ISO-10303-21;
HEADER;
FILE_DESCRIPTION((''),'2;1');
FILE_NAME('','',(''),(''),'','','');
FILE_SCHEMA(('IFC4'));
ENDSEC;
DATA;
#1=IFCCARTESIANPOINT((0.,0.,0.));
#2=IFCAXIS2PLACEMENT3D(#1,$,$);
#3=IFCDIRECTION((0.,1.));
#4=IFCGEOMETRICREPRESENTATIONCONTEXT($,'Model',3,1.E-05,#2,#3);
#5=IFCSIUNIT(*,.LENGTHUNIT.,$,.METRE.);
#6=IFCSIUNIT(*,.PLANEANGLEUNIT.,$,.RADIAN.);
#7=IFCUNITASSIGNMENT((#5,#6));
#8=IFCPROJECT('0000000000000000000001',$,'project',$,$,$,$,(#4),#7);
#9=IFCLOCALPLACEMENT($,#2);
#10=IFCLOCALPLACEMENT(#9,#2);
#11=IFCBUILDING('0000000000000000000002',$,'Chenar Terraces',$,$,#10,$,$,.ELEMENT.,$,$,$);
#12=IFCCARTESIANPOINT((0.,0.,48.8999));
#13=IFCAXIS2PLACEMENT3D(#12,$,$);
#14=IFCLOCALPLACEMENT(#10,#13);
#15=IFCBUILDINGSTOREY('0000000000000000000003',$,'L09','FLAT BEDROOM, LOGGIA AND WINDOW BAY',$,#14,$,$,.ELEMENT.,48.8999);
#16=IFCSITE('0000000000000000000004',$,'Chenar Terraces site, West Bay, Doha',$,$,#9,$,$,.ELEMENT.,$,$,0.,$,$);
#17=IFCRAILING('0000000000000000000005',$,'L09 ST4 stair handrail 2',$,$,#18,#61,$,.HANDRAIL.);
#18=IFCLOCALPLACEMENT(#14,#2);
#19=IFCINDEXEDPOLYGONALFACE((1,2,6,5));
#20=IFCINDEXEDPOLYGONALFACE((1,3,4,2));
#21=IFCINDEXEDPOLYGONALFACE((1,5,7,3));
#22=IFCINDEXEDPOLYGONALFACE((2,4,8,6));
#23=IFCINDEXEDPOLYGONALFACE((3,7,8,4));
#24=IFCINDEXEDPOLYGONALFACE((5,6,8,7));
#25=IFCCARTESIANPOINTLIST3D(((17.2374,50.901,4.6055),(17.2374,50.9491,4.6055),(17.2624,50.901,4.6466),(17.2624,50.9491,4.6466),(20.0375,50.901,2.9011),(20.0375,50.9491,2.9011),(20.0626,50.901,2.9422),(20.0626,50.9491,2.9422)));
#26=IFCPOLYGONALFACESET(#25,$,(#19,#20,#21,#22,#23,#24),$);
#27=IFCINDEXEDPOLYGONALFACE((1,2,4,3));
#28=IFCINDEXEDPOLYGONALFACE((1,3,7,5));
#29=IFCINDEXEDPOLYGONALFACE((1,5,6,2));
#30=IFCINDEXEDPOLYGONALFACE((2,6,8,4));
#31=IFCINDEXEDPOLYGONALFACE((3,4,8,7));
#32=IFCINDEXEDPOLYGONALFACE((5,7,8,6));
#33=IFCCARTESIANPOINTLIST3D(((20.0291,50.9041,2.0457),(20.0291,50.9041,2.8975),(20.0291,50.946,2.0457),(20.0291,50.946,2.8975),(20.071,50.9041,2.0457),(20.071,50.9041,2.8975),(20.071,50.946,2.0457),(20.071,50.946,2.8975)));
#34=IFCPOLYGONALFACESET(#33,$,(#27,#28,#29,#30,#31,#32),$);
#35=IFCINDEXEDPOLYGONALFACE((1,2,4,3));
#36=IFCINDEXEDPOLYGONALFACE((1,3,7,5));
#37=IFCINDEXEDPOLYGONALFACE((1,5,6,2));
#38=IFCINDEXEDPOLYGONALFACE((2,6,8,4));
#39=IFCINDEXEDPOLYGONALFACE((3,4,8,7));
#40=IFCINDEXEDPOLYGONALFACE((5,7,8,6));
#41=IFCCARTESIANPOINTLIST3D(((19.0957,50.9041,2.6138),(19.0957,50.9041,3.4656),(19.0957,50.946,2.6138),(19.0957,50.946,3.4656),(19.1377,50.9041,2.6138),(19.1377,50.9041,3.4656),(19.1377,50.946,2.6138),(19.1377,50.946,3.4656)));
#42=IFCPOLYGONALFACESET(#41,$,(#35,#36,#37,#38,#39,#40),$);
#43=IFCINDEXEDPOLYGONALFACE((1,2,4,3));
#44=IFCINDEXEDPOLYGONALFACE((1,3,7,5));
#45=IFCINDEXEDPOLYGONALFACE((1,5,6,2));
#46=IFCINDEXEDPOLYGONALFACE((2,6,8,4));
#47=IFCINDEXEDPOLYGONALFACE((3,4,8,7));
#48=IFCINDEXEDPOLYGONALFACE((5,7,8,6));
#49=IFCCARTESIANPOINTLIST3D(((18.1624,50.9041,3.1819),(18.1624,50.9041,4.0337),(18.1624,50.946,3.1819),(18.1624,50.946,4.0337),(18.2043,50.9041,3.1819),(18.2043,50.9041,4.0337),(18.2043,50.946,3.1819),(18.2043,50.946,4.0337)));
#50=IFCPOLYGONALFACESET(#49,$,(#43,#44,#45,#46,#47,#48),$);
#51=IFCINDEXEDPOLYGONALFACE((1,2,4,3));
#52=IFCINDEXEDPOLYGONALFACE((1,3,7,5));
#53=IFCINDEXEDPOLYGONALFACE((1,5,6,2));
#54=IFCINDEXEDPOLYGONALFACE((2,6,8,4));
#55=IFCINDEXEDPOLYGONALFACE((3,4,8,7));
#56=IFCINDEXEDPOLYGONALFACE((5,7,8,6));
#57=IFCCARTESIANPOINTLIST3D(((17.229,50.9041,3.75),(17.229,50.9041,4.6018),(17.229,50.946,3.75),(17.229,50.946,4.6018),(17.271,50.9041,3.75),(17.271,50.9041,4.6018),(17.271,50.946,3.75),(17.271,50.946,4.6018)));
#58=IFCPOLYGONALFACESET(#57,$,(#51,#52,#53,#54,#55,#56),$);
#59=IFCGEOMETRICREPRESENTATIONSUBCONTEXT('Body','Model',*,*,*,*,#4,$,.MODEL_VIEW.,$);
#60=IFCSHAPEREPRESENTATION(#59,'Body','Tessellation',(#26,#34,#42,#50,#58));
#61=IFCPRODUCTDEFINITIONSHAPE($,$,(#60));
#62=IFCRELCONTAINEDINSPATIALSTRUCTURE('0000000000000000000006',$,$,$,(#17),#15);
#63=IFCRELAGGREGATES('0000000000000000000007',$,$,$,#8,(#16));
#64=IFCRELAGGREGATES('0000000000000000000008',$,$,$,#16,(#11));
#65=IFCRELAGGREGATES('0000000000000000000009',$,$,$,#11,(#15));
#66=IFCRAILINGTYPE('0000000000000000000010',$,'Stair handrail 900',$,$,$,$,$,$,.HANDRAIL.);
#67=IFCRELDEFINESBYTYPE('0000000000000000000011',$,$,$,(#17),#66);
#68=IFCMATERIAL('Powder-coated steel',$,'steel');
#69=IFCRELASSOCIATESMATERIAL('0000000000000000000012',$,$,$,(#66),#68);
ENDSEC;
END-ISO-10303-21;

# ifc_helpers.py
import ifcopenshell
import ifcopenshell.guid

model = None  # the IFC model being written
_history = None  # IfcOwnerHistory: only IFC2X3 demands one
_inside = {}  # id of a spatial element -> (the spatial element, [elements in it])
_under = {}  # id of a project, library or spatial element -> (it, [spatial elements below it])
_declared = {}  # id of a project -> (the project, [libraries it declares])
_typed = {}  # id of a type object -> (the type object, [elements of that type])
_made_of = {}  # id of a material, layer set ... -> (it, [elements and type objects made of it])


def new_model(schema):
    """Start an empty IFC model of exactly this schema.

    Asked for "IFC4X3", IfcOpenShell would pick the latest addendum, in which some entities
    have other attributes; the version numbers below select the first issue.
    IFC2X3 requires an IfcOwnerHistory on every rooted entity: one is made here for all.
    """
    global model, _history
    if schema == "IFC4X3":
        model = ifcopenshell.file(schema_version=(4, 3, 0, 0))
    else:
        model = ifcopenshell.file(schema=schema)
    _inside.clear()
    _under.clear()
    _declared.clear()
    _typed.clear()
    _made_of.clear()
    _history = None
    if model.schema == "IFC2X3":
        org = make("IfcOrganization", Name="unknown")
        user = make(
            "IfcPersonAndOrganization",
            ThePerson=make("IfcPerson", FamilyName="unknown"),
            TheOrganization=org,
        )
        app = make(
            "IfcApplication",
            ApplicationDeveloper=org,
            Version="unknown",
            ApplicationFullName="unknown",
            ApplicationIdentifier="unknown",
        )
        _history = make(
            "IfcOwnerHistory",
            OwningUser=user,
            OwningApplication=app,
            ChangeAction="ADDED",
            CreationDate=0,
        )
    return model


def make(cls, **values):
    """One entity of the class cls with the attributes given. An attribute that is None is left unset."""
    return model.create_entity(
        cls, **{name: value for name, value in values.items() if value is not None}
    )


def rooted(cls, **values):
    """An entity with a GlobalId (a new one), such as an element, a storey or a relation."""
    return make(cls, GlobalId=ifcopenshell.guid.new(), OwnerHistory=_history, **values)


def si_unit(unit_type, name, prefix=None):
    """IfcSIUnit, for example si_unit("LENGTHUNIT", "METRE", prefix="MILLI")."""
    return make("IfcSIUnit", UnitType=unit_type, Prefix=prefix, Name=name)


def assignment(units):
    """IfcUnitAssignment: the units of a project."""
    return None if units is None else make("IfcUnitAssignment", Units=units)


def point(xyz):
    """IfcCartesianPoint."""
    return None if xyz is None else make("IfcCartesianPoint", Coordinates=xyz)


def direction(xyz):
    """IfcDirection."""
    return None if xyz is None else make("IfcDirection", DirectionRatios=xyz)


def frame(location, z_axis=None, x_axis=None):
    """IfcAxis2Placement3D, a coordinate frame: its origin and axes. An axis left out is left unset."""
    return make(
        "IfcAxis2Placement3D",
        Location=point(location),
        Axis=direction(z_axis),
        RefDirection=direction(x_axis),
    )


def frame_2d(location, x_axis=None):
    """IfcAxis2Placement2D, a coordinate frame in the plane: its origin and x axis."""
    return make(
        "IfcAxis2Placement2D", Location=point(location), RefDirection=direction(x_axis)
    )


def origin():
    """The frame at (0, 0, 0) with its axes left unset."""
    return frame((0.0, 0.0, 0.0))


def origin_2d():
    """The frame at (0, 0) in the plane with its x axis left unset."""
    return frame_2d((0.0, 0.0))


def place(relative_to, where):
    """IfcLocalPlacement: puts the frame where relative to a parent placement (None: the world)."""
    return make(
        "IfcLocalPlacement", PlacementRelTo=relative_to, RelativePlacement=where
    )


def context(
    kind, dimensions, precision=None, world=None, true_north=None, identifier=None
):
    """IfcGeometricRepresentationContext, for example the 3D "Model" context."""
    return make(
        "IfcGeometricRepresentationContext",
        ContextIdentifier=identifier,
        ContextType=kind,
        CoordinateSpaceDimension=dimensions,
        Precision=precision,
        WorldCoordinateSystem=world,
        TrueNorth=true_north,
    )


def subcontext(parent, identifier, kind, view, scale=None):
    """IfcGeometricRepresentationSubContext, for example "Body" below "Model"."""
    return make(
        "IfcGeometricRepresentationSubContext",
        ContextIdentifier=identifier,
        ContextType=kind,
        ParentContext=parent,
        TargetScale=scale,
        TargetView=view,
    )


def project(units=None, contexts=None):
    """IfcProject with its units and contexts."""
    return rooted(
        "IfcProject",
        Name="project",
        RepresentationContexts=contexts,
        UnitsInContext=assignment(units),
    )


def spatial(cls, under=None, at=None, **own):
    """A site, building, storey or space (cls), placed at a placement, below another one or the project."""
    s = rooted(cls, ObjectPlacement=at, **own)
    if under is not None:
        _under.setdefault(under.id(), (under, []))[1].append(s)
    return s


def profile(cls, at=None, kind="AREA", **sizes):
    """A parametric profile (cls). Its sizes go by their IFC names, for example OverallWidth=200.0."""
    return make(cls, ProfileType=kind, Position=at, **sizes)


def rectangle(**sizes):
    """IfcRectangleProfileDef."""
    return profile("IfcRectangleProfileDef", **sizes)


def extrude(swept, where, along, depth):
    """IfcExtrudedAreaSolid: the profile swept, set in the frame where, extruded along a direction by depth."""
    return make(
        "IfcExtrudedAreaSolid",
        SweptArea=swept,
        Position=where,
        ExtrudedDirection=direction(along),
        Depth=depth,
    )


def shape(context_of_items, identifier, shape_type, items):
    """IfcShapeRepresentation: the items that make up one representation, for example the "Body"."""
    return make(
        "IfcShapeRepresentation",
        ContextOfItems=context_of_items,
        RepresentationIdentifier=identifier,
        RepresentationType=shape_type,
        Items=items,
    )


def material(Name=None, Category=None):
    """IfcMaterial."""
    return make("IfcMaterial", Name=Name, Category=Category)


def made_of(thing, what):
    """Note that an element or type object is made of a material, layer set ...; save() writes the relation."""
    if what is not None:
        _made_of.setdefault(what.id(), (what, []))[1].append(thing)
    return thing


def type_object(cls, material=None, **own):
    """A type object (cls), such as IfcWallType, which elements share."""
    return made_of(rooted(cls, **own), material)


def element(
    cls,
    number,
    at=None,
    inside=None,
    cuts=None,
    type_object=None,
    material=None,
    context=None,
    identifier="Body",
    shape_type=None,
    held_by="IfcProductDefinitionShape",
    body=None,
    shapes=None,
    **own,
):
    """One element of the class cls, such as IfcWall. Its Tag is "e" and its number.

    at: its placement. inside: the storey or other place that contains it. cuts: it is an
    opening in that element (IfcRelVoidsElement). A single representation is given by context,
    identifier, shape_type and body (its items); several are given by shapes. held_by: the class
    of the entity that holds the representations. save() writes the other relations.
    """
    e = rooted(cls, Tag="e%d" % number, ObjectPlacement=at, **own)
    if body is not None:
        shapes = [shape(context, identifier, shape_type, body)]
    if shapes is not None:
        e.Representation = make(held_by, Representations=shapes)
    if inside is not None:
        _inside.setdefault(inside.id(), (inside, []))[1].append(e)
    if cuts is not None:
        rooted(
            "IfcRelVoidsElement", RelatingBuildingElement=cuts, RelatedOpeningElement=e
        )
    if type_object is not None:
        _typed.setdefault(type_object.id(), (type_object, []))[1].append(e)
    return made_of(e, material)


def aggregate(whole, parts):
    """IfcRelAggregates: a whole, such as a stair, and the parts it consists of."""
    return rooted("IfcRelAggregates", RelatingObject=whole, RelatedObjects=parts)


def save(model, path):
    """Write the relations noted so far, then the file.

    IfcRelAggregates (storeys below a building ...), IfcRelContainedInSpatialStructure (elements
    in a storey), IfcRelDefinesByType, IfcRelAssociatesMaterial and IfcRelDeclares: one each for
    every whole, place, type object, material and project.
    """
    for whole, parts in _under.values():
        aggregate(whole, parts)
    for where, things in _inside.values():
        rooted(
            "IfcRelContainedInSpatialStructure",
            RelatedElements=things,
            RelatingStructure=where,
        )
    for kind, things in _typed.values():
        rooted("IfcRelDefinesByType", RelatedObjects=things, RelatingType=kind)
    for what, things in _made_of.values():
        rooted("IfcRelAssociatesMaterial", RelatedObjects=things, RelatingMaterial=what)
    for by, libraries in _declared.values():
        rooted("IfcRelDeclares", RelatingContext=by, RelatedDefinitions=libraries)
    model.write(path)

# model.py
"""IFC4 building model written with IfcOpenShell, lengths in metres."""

from ifc_helpers import new_model, si_unit, direction, frame, origin, origin_2d, place, context, subcontext, project, spatial, rectangle, extrude, material, type_object, element, save


model = new_model("IFC4")

# Units and contexts
model_context = context("Model", 3, precision=1e-05, world=origin(), true_north=direction((0.0, 1.0)))
body_context = subcontext(model_context, "Body", "Model", "MODEL_VIEW")
ifc_project = project(units=[si_unit("LENGTHUNIT", "METRE"), si_unit("PLANEANGLEUNIT", "RADIAN")], contexts=[model_context])

# Site, building, storey
site_placement = place(None, origin())
site = spatial("IfcSite", under=ifc_project, at=site_placement, Name="Chenar Terraces site, West Bay, Doha", CompositionType="ELEMENT", RefElevation=0.0)
building_placement = place(site_placement, origin())
building = spatial("IfcBuilding", under=site, at=building_placement, Name="Chenar Terraces", CompositionType="ELEMENT")
storey_placement = place(building_placement, frame((0.0, 0.0, 48.8999)))
storey = spatial("IfcBuildingStorey", under=building, at=storey_placement, Name="L09", Description="FLAT BEDROOM, LOGGIA AND WINDOW BAY", CompositionType="ELEMENT", Elevation=48.8999)

# Railing
ifc_material_1 = material(Name="Powder-coated steel", Category="steel")
railing_type_1 = type_object("IfcRailingType", Name="Stair handrail 900", PredefinedType="HANDRAIL", material=ifc_material_1)
railing_1_placement = place(storey_placement, frame((20.05, 50.925, 2.0457)))
element("IfcRailing", 1, at=railing_1_placement, inside=storey, type_object=railing_type_1, Name="L09 ST4 stair handrail 2", PredefinedType="HANDRAIL", context=body_context, shape_type="SweptSolid", body=[
    extrude(rectangle(XDim=0.0481, YDim=0.0481, at=origin_2d()), frame((0.0, 0.0, 0.876), z_axis=(-0.854203, 0.0, 0.51994), x_axis=(0.0, -1.0, 0.0)), (0.0, 0.0, 1.0), 3.2781),
    extrude(rectangle(XDim=0.042, YDim=0.042, at=origin_2d()), origin(), (0.0, 0.0, 1.0), 0.8518),
    extrude(rectangle(XDim=0.042, YDim=0.042, at=origin_2d()), frame((-0.9333, 0.0, 0.5681)), (0.0, 0.0, 1.0), 0.8518),
    extrude(rectangle(XDim=0.042, YDim=0.042, at=origin_2d()), frame((-1.8667, 0.0, 1.1362)), (0.0, 0.0, 1.0), 0.8518),
    extrude(rectangle(XDim=0.042, YDim=0.042, at=origin_2d()), frame((-2.8, 0.0, 1.7043)), (0.0, 0.0, 1.0), 0.8518),
])

save(model, "model.ifc")
